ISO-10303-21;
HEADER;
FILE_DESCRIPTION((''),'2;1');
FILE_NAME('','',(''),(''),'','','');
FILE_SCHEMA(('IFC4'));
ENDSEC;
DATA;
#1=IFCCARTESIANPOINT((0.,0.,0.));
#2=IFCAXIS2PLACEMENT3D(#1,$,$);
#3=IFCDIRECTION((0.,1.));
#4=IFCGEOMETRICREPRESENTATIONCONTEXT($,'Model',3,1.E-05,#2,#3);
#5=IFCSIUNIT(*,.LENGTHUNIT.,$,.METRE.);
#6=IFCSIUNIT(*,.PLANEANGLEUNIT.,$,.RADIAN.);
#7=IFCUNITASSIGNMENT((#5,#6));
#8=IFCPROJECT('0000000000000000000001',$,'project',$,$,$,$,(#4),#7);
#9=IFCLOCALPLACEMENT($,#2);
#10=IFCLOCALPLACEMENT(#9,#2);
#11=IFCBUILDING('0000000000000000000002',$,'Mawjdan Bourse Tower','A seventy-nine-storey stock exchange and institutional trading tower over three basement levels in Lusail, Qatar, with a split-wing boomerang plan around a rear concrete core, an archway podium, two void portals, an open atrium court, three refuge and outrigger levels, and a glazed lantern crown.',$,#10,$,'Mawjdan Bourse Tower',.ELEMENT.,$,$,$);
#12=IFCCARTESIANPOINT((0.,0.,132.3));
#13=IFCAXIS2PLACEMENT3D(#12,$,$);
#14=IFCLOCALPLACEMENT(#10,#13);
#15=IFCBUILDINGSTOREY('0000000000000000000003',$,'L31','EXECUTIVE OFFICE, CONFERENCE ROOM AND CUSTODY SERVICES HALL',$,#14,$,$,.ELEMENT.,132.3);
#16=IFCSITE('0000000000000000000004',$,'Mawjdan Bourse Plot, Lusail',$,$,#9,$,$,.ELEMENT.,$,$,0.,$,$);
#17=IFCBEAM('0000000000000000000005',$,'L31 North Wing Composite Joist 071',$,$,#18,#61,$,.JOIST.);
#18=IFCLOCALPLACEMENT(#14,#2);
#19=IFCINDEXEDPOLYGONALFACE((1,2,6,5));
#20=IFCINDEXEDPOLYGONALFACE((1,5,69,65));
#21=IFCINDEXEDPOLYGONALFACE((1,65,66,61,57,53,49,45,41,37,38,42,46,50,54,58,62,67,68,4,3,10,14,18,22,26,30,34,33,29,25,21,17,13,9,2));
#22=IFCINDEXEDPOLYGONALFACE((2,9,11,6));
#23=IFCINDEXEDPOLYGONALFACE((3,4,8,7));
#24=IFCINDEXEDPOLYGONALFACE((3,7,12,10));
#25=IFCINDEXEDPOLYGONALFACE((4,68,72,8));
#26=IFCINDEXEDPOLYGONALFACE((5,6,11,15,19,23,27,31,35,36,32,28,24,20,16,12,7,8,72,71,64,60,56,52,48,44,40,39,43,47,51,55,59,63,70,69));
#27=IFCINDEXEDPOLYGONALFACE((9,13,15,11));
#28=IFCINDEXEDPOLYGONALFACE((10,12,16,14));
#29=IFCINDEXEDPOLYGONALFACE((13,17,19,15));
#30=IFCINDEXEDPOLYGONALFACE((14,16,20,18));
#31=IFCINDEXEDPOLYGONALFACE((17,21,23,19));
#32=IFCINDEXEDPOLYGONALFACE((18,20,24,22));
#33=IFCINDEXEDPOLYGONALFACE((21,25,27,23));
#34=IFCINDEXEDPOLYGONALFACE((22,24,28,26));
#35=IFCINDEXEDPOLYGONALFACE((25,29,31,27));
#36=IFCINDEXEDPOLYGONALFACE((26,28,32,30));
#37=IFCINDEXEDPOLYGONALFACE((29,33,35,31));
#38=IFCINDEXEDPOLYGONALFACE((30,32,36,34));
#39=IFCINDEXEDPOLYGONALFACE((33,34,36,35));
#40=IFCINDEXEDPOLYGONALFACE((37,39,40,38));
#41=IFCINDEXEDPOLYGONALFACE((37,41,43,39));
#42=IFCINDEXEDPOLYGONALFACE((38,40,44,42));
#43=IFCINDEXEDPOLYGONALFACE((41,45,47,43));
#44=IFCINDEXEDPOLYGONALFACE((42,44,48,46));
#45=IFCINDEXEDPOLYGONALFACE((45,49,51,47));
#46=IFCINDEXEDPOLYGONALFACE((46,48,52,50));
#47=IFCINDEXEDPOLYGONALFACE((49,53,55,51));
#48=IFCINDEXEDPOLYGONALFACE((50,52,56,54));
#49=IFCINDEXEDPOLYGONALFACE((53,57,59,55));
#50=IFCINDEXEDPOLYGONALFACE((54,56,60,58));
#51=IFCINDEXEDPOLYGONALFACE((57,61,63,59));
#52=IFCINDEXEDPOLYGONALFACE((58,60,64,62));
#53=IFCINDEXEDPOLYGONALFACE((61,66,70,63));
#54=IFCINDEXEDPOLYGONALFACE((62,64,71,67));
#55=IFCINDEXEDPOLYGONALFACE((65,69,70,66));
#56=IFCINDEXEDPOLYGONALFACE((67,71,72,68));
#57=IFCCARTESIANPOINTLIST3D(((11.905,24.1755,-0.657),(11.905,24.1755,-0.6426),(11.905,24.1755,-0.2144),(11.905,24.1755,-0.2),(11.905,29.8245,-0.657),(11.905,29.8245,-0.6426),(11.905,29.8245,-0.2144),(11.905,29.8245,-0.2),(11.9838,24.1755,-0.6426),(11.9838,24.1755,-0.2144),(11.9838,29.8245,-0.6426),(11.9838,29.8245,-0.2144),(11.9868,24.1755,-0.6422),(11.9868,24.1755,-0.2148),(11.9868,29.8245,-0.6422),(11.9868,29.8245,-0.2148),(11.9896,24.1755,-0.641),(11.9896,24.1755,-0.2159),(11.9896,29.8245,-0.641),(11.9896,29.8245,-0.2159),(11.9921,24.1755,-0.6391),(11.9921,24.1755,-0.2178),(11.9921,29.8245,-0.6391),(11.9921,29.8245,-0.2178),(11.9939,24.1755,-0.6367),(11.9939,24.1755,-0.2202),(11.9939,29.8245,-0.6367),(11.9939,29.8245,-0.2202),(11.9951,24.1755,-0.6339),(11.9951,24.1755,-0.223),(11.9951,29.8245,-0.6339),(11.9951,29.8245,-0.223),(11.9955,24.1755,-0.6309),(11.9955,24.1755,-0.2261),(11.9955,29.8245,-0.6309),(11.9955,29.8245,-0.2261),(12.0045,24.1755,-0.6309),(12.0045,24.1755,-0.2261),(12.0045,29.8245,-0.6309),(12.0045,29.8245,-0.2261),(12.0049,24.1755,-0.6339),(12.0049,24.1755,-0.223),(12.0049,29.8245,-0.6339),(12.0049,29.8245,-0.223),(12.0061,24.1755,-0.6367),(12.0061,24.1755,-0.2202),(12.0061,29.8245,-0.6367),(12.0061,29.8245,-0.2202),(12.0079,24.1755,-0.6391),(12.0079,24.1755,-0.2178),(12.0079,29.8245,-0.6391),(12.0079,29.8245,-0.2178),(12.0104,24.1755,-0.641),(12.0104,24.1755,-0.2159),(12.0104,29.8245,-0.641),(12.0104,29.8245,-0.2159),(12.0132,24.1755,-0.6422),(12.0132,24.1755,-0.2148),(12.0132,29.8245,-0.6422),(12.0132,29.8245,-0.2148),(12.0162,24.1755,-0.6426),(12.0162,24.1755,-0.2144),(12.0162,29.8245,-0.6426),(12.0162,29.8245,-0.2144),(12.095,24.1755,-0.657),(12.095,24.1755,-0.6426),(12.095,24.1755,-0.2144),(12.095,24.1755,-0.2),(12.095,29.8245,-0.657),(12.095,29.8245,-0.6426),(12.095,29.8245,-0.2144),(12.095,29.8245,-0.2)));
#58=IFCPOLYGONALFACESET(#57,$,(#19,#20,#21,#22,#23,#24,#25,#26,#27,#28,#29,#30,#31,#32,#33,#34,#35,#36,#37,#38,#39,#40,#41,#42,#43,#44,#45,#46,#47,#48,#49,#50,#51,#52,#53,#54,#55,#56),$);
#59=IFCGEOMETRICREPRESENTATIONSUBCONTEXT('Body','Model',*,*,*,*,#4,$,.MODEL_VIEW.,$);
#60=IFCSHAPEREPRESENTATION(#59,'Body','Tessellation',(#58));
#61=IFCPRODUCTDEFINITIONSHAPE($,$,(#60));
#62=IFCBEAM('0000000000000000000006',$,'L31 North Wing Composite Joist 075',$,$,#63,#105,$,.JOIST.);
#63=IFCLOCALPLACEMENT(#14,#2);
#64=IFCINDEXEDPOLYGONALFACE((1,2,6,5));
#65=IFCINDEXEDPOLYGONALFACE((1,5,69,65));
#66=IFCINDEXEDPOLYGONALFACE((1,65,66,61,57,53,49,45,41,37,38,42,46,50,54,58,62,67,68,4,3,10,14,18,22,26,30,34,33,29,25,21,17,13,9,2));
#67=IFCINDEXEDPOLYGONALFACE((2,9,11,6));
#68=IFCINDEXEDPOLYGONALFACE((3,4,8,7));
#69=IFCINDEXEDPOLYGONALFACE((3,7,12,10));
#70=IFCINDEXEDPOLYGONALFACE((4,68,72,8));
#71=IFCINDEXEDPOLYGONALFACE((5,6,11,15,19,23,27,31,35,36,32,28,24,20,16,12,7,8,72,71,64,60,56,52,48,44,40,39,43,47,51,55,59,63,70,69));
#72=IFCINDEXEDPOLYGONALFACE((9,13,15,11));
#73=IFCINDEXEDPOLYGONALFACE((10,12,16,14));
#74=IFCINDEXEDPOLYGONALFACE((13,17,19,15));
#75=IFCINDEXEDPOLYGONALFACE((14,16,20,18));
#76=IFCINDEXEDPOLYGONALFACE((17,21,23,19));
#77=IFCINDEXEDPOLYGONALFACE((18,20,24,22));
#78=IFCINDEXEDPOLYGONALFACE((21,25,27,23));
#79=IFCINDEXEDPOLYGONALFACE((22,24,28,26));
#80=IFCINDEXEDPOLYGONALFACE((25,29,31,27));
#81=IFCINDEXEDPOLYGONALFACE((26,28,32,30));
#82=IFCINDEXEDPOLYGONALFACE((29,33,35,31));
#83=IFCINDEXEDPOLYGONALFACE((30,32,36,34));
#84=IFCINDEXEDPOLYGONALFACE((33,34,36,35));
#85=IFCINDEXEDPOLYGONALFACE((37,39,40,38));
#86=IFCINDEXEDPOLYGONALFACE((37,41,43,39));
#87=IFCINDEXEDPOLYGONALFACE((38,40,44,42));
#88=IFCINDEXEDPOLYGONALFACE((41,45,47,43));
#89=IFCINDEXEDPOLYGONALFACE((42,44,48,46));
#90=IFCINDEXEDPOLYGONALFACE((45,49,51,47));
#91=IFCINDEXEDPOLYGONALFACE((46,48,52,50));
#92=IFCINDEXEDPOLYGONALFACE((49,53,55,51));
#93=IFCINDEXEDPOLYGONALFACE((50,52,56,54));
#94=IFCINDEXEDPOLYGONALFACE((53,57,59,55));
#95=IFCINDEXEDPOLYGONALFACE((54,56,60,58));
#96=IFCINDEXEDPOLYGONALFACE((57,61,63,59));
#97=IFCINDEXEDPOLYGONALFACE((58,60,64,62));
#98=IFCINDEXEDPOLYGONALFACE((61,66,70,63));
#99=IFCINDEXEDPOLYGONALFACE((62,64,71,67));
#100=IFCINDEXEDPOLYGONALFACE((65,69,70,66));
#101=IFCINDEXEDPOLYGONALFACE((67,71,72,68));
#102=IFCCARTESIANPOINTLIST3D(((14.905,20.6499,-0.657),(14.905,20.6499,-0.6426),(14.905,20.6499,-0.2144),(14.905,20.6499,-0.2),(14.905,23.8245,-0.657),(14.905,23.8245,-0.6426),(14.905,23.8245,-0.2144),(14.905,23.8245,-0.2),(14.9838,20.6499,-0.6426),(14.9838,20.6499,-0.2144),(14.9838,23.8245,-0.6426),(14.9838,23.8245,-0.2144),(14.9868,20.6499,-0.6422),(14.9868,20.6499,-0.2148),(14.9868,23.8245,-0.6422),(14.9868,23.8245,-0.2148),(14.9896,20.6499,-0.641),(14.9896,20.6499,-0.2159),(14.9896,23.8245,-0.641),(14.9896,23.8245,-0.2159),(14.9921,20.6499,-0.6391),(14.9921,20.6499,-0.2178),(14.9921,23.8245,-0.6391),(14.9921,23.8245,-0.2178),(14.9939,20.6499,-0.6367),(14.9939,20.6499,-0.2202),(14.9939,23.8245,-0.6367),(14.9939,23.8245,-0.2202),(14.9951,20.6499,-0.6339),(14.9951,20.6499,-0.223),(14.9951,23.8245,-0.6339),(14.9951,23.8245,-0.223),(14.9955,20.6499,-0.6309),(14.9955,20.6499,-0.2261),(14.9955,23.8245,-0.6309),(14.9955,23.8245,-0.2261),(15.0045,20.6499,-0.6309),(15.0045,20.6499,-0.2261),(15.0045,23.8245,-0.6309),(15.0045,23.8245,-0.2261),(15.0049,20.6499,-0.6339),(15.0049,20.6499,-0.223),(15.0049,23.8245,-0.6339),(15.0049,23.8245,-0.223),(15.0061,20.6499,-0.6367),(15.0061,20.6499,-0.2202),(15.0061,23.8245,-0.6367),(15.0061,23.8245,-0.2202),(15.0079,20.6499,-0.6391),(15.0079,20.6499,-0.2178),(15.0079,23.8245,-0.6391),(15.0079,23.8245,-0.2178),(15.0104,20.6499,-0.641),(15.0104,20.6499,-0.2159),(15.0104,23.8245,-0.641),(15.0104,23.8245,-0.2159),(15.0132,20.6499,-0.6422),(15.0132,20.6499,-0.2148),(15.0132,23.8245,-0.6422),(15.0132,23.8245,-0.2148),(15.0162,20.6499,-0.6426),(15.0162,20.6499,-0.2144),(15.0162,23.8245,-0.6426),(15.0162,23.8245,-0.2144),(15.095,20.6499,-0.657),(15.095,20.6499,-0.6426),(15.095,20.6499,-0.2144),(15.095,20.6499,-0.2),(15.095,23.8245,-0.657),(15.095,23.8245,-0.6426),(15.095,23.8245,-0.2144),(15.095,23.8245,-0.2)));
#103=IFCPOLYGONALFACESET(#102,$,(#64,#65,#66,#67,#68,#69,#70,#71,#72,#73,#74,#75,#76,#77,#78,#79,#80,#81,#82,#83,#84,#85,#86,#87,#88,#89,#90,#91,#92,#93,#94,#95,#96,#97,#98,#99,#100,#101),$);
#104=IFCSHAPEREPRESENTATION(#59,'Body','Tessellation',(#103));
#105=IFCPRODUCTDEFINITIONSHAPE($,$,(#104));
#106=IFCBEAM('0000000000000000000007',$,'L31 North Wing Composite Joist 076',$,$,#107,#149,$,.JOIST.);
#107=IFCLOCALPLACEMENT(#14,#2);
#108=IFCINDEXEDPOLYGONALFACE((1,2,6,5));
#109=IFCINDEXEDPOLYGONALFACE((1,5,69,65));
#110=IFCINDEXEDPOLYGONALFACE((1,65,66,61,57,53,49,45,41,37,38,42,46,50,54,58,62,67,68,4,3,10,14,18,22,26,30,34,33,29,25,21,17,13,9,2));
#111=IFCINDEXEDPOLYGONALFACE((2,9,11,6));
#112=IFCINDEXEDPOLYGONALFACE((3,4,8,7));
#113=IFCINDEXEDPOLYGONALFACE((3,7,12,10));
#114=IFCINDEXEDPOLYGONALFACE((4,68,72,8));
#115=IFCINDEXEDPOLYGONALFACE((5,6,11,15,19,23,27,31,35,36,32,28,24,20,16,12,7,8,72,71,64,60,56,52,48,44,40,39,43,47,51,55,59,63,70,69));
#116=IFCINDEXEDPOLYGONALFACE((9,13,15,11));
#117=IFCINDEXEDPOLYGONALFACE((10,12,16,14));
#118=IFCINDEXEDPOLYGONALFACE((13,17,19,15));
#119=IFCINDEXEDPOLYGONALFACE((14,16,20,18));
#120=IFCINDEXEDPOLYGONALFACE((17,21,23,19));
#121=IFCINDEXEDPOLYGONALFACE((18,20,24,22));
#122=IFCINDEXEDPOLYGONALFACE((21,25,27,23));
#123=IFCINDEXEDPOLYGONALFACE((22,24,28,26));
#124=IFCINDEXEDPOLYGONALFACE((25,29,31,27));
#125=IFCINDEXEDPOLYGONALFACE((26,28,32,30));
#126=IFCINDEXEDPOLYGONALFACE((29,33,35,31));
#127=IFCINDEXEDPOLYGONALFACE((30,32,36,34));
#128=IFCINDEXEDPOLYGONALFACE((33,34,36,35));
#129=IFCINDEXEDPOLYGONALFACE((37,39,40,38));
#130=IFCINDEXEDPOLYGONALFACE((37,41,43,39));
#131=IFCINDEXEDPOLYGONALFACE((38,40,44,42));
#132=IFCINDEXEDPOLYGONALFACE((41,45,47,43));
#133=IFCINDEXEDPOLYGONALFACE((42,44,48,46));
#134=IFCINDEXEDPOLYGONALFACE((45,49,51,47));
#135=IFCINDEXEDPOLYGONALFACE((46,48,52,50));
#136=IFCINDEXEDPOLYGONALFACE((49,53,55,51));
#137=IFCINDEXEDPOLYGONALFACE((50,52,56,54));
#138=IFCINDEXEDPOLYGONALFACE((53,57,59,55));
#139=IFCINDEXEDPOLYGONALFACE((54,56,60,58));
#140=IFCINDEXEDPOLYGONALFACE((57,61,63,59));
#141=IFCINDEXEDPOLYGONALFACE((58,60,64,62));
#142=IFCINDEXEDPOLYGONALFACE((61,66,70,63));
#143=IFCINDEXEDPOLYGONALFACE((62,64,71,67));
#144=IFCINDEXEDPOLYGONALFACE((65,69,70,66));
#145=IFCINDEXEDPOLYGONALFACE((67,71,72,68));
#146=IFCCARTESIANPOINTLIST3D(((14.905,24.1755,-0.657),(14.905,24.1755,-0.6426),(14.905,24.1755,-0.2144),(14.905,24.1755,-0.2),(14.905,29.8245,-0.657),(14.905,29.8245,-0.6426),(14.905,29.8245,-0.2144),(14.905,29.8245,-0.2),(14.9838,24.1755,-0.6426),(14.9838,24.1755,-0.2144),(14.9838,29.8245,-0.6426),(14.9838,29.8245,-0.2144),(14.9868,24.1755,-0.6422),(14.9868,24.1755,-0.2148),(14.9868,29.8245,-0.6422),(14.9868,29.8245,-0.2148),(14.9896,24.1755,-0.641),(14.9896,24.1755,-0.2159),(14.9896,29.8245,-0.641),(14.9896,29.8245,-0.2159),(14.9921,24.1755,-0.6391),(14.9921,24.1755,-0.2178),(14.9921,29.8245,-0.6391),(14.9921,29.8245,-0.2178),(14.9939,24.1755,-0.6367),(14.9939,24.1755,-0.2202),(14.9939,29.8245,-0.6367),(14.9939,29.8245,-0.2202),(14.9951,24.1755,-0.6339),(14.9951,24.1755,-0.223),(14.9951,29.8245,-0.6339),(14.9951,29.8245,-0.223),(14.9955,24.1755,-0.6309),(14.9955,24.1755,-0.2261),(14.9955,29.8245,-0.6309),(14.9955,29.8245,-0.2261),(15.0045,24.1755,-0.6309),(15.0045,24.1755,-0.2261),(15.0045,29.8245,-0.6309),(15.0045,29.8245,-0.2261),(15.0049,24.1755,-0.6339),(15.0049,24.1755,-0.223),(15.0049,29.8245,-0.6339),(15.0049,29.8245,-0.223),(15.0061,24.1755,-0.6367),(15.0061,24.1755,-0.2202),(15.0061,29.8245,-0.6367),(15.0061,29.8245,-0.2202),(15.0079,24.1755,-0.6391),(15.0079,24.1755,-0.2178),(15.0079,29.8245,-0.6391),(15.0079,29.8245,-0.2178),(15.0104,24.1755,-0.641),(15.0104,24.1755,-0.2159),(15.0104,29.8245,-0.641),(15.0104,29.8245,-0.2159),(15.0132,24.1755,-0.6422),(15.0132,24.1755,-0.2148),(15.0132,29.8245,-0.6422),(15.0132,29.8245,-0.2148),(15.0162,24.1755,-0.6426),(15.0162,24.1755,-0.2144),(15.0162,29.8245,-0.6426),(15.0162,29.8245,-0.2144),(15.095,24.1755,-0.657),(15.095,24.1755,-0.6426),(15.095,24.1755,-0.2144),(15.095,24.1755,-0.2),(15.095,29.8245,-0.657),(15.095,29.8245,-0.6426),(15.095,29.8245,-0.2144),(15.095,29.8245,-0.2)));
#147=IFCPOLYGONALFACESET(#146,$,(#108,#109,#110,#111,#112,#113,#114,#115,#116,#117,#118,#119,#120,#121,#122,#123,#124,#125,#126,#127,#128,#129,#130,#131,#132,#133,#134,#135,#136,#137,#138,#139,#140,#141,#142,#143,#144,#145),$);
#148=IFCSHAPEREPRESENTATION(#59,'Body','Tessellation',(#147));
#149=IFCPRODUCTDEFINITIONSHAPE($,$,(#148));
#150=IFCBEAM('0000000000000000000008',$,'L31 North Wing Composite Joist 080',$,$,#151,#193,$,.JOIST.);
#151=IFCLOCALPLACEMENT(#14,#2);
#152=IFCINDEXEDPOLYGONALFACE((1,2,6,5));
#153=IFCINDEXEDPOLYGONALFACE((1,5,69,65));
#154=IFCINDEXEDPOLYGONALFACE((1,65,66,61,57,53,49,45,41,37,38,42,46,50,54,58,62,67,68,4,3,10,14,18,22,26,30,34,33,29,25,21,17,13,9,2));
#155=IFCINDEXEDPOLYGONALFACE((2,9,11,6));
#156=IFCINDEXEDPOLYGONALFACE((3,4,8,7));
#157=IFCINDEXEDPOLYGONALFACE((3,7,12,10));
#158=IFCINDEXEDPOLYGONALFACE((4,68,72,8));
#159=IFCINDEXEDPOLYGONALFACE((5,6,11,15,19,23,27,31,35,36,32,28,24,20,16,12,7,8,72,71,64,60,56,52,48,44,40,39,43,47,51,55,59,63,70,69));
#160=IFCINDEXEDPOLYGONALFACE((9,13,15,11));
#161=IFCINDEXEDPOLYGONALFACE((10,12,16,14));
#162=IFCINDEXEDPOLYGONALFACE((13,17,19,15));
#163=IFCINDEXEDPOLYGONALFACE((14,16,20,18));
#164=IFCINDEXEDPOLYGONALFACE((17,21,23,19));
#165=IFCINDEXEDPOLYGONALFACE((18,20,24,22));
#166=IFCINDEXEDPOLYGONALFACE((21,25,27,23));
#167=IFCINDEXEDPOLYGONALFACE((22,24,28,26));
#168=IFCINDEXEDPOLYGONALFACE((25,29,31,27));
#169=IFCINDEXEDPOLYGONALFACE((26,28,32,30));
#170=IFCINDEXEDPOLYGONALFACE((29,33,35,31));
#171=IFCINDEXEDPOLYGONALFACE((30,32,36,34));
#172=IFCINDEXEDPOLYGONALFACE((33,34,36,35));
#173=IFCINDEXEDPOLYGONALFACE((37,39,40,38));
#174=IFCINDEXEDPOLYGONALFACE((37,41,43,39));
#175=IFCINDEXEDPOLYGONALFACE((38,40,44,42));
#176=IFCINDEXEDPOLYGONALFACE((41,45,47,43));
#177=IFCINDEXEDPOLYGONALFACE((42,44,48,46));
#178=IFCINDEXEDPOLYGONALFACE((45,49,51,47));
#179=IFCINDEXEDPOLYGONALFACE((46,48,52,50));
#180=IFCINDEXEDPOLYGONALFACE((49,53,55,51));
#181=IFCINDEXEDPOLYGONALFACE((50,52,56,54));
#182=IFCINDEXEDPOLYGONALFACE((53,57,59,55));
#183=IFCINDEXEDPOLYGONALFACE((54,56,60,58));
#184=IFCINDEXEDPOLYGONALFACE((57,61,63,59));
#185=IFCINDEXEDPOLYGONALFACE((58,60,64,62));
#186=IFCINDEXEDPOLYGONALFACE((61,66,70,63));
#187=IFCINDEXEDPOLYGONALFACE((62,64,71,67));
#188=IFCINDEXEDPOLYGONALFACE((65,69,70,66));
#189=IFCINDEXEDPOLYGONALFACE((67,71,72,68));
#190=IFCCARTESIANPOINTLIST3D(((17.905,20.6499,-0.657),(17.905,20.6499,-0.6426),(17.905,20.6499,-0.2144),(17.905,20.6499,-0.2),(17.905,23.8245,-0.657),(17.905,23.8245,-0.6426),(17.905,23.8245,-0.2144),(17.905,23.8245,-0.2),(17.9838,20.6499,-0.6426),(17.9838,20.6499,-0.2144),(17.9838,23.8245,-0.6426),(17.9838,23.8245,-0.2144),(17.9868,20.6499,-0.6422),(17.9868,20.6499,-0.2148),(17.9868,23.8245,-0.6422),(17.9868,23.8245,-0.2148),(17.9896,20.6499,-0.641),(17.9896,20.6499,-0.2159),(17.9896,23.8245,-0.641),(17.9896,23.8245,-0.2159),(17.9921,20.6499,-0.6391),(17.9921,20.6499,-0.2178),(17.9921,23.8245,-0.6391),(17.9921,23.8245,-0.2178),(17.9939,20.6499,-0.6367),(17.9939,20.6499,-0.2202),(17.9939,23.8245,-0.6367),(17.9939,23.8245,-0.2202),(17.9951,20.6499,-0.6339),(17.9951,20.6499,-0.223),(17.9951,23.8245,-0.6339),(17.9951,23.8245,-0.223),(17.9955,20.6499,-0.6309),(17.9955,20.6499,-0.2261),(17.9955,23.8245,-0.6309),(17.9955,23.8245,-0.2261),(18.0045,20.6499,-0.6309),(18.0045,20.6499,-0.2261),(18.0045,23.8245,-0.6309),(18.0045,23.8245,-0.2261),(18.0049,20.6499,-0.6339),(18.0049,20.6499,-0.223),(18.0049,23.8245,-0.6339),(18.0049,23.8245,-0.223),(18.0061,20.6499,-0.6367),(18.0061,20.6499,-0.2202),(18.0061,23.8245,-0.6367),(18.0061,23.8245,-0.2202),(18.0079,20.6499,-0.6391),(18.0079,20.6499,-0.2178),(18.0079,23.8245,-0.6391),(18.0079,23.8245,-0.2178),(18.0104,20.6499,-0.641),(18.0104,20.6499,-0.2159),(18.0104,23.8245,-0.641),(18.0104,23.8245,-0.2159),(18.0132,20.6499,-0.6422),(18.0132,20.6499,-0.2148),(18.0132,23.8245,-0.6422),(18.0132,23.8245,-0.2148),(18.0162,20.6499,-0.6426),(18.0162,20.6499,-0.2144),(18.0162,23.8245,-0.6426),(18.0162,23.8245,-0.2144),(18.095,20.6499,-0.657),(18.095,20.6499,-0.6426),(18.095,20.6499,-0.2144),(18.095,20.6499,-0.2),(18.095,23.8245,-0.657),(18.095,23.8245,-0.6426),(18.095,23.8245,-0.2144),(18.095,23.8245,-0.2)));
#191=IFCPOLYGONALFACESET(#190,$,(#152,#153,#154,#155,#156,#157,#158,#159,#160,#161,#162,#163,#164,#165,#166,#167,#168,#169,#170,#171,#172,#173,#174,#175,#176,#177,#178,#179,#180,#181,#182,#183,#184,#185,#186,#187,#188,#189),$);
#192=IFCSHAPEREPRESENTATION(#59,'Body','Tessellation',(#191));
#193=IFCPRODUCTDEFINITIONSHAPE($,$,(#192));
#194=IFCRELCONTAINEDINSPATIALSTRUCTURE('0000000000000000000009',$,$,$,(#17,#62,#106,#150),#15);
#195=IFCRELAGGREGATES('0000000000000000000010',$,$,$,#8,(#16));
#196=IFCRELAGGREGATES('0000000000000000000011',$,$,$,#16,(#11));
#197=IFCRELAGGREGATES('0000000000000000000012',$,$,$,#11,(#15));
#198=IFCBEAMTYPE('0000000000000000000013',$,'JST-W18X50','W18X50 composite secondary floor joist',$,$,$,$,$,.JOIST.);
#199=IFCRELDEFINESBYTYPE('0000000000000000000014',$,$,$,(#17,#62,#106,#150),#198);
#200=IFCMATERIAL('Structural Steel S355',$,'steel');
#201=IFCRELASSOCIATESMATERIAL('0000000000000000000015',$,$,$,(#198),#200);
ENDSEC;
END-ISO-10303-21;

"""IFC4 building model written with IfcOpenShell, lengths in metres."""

from ifc_helpers import new_model, si_unit, direction, frame, origin, origin_2d, place, context, subcontext, project, spatial, i_section, extrude, material, material_profile, profile_set, type_object, element, save


model = new_model("IFC4")

# Units and contexts
model_context = context("Model", 3, precision=1e-05, world=origin(), true_north=direction((0.0, 1.0)))
body_context = subcontext(model_context, "Body", "Model", "MODEL_VIEW")
ifc_project = project(units=[si_unit("LENGTHUNIT", "METRE"), si_unit("PLANEANGLEUNIT", "RADIAN")], contexts=[model_context])

# Site, building, storey
site_placement = place(None, origin())
site = spatial("IfcSite", under=ifc_project, at=site_placement, Name="Mawjdan Bourse Plot, Lusail", CompositionType="ELEMENT", RefElevation=0.0)
building_placement = place(site_placement, origin())
building = spatial("IfcBuilding", under=site, at=building_placement, Name="Mawjdan Bourse Tower", Description="A seventy-nine-storey stock exchange and institutional trading tower over three basement levels in Lusail, Qatar, with a split-wing boomerang plan around a rear concrete core, an archway podium, two void portals, an open atrium court, three refuge and outrigger levels, and a glazed lantern crown.", LongName="Mawjdan Bourse Tower", CompositionType="ELEMENT")
storey_placement = place(building_placement, frame((0.0, 0.0, 132.3)))
storey = spatial("IfcBuildingStorey", under=building, at=storey_placement, Name="L31", Description="EXECUTIVE OFFICE, CONFERENCE ROOM AND CUSTODY SERVICES HALL", CompositionType="ELEMENT", Elevation=132.3)

# Beams
ifc_material_1 = material(Name="Structural Steel S355", Category="steel")
ifc_material_profile_1 = material_profile(ifc_material_1, i_section(OverallWidth=0.1899, OverallDepth=0.457, WebThickness=0.009, FlangeThickness=0.0144, FilletRadius=0.0117, at=origin_2d()), Name="W18X50")
ifc_profile_set_1 = profile_set([ifc_material_profile_1], Name="Structural Steel S355")
beam_type_1 = type_object("IfcBeamType", Name="JST-W18X50", Description="W18X50 composite secondary floor joist", PredefinedType="JOIST", material=ifc_profile_set_1)
beam_1_placement = place(storey_placement, frame((12.0, 24.1755, -0.4285), z_axis=(0.0, 1.0, 0.0), x_axis=(-1.0, 0.0, 0.0)))
element("IfcBeam", 1, at=beam_1_placement, inside=storey, type_object=beam_type_1, Name="L31 North Wing Composite Joist 071", PredefinedType="JOIST", context=body_context, shape_type="SweptSolid", body=[
    extrude(i_section(OverallWidth=0.1899, OverallDepth=0.457, WebThickness=0.009, FlangeThickness=0.0144, FilletRadius=0.0117, at=origin_2d()), origin(), (0.0, 0.0, 1.0), 5.6489),
])
beam_2_placement = place(storey_placement, frame((15.0, 20.6499, -0.4285), z_axis=(0.0, 1.0, 0.0), x_axis=(-1.0, 0.0, 0.0)))
element("IfcBeam", 2, at=beam_2_placement, inside=storey, type_object=beam_type_1, Name="L31 North Wing Composite Joist 075", PredefinedType="JOIST", context=body_context, shape_type="SweptSolid", body=[
    extrude(i_section(OverallWidth=0.1899, OverallDepth=0.457, WebThickness=0.009, FlangeThickness=0.0144, FilletRadius=0.0117, at=origin_2d()), origin(), (0.0, 0.0, 1.0), 3.1746),
])
beam_3_placement = place(storey_placement, frame((15.0, 24.1755, -0.4285), z_axis=(0.0, 1.0, 0.0), x_axis=(-1.0, 0.0, 0.0)))
element("IfcBeam", 3, at=beam_3_placement, inside=storey, type_object=beam_type_1, Name="L31 North Wing Composite Joist 076", PredefinedType="JOIST", context=body_context, shape_type="SweptSolid", body=[
    extrude(i_section(OverallWidth=0.1899, OverallDepth=0.457, WebThickness=0.009, FlangeThickness=0.0144, FilletRadius=0.0117, at=origin_2d()), origin(), (0.0, 0.0, 1.0), 5.6489),
])
beam_4_placement = place(storey_placement, frame((18.0, 20.6499, -0.4285), z_axis=(0.0, 1.0, 0.0), x_axis=(-1.0, 0.0, 0.0)))
element("IfcBeam", 4, at=beam_4_placement, inside=storey, type_object=beam_type_1, Name="L31 North Wing Composite Joist 080", PredefinedType="JOIST", context=body_context, shape_type="SweptSolid", body=[
    extrude(i_section(OverallWidth=0.1899, OverallDepth=0.457, WebThickness=0.009, FlangeThickness=0.0144, FilletRadius=0.0117, at=origin_2d()), origin(), (0.0, 0.0, 1.0), 3.1746),
])

save(model, "model.ifc")
